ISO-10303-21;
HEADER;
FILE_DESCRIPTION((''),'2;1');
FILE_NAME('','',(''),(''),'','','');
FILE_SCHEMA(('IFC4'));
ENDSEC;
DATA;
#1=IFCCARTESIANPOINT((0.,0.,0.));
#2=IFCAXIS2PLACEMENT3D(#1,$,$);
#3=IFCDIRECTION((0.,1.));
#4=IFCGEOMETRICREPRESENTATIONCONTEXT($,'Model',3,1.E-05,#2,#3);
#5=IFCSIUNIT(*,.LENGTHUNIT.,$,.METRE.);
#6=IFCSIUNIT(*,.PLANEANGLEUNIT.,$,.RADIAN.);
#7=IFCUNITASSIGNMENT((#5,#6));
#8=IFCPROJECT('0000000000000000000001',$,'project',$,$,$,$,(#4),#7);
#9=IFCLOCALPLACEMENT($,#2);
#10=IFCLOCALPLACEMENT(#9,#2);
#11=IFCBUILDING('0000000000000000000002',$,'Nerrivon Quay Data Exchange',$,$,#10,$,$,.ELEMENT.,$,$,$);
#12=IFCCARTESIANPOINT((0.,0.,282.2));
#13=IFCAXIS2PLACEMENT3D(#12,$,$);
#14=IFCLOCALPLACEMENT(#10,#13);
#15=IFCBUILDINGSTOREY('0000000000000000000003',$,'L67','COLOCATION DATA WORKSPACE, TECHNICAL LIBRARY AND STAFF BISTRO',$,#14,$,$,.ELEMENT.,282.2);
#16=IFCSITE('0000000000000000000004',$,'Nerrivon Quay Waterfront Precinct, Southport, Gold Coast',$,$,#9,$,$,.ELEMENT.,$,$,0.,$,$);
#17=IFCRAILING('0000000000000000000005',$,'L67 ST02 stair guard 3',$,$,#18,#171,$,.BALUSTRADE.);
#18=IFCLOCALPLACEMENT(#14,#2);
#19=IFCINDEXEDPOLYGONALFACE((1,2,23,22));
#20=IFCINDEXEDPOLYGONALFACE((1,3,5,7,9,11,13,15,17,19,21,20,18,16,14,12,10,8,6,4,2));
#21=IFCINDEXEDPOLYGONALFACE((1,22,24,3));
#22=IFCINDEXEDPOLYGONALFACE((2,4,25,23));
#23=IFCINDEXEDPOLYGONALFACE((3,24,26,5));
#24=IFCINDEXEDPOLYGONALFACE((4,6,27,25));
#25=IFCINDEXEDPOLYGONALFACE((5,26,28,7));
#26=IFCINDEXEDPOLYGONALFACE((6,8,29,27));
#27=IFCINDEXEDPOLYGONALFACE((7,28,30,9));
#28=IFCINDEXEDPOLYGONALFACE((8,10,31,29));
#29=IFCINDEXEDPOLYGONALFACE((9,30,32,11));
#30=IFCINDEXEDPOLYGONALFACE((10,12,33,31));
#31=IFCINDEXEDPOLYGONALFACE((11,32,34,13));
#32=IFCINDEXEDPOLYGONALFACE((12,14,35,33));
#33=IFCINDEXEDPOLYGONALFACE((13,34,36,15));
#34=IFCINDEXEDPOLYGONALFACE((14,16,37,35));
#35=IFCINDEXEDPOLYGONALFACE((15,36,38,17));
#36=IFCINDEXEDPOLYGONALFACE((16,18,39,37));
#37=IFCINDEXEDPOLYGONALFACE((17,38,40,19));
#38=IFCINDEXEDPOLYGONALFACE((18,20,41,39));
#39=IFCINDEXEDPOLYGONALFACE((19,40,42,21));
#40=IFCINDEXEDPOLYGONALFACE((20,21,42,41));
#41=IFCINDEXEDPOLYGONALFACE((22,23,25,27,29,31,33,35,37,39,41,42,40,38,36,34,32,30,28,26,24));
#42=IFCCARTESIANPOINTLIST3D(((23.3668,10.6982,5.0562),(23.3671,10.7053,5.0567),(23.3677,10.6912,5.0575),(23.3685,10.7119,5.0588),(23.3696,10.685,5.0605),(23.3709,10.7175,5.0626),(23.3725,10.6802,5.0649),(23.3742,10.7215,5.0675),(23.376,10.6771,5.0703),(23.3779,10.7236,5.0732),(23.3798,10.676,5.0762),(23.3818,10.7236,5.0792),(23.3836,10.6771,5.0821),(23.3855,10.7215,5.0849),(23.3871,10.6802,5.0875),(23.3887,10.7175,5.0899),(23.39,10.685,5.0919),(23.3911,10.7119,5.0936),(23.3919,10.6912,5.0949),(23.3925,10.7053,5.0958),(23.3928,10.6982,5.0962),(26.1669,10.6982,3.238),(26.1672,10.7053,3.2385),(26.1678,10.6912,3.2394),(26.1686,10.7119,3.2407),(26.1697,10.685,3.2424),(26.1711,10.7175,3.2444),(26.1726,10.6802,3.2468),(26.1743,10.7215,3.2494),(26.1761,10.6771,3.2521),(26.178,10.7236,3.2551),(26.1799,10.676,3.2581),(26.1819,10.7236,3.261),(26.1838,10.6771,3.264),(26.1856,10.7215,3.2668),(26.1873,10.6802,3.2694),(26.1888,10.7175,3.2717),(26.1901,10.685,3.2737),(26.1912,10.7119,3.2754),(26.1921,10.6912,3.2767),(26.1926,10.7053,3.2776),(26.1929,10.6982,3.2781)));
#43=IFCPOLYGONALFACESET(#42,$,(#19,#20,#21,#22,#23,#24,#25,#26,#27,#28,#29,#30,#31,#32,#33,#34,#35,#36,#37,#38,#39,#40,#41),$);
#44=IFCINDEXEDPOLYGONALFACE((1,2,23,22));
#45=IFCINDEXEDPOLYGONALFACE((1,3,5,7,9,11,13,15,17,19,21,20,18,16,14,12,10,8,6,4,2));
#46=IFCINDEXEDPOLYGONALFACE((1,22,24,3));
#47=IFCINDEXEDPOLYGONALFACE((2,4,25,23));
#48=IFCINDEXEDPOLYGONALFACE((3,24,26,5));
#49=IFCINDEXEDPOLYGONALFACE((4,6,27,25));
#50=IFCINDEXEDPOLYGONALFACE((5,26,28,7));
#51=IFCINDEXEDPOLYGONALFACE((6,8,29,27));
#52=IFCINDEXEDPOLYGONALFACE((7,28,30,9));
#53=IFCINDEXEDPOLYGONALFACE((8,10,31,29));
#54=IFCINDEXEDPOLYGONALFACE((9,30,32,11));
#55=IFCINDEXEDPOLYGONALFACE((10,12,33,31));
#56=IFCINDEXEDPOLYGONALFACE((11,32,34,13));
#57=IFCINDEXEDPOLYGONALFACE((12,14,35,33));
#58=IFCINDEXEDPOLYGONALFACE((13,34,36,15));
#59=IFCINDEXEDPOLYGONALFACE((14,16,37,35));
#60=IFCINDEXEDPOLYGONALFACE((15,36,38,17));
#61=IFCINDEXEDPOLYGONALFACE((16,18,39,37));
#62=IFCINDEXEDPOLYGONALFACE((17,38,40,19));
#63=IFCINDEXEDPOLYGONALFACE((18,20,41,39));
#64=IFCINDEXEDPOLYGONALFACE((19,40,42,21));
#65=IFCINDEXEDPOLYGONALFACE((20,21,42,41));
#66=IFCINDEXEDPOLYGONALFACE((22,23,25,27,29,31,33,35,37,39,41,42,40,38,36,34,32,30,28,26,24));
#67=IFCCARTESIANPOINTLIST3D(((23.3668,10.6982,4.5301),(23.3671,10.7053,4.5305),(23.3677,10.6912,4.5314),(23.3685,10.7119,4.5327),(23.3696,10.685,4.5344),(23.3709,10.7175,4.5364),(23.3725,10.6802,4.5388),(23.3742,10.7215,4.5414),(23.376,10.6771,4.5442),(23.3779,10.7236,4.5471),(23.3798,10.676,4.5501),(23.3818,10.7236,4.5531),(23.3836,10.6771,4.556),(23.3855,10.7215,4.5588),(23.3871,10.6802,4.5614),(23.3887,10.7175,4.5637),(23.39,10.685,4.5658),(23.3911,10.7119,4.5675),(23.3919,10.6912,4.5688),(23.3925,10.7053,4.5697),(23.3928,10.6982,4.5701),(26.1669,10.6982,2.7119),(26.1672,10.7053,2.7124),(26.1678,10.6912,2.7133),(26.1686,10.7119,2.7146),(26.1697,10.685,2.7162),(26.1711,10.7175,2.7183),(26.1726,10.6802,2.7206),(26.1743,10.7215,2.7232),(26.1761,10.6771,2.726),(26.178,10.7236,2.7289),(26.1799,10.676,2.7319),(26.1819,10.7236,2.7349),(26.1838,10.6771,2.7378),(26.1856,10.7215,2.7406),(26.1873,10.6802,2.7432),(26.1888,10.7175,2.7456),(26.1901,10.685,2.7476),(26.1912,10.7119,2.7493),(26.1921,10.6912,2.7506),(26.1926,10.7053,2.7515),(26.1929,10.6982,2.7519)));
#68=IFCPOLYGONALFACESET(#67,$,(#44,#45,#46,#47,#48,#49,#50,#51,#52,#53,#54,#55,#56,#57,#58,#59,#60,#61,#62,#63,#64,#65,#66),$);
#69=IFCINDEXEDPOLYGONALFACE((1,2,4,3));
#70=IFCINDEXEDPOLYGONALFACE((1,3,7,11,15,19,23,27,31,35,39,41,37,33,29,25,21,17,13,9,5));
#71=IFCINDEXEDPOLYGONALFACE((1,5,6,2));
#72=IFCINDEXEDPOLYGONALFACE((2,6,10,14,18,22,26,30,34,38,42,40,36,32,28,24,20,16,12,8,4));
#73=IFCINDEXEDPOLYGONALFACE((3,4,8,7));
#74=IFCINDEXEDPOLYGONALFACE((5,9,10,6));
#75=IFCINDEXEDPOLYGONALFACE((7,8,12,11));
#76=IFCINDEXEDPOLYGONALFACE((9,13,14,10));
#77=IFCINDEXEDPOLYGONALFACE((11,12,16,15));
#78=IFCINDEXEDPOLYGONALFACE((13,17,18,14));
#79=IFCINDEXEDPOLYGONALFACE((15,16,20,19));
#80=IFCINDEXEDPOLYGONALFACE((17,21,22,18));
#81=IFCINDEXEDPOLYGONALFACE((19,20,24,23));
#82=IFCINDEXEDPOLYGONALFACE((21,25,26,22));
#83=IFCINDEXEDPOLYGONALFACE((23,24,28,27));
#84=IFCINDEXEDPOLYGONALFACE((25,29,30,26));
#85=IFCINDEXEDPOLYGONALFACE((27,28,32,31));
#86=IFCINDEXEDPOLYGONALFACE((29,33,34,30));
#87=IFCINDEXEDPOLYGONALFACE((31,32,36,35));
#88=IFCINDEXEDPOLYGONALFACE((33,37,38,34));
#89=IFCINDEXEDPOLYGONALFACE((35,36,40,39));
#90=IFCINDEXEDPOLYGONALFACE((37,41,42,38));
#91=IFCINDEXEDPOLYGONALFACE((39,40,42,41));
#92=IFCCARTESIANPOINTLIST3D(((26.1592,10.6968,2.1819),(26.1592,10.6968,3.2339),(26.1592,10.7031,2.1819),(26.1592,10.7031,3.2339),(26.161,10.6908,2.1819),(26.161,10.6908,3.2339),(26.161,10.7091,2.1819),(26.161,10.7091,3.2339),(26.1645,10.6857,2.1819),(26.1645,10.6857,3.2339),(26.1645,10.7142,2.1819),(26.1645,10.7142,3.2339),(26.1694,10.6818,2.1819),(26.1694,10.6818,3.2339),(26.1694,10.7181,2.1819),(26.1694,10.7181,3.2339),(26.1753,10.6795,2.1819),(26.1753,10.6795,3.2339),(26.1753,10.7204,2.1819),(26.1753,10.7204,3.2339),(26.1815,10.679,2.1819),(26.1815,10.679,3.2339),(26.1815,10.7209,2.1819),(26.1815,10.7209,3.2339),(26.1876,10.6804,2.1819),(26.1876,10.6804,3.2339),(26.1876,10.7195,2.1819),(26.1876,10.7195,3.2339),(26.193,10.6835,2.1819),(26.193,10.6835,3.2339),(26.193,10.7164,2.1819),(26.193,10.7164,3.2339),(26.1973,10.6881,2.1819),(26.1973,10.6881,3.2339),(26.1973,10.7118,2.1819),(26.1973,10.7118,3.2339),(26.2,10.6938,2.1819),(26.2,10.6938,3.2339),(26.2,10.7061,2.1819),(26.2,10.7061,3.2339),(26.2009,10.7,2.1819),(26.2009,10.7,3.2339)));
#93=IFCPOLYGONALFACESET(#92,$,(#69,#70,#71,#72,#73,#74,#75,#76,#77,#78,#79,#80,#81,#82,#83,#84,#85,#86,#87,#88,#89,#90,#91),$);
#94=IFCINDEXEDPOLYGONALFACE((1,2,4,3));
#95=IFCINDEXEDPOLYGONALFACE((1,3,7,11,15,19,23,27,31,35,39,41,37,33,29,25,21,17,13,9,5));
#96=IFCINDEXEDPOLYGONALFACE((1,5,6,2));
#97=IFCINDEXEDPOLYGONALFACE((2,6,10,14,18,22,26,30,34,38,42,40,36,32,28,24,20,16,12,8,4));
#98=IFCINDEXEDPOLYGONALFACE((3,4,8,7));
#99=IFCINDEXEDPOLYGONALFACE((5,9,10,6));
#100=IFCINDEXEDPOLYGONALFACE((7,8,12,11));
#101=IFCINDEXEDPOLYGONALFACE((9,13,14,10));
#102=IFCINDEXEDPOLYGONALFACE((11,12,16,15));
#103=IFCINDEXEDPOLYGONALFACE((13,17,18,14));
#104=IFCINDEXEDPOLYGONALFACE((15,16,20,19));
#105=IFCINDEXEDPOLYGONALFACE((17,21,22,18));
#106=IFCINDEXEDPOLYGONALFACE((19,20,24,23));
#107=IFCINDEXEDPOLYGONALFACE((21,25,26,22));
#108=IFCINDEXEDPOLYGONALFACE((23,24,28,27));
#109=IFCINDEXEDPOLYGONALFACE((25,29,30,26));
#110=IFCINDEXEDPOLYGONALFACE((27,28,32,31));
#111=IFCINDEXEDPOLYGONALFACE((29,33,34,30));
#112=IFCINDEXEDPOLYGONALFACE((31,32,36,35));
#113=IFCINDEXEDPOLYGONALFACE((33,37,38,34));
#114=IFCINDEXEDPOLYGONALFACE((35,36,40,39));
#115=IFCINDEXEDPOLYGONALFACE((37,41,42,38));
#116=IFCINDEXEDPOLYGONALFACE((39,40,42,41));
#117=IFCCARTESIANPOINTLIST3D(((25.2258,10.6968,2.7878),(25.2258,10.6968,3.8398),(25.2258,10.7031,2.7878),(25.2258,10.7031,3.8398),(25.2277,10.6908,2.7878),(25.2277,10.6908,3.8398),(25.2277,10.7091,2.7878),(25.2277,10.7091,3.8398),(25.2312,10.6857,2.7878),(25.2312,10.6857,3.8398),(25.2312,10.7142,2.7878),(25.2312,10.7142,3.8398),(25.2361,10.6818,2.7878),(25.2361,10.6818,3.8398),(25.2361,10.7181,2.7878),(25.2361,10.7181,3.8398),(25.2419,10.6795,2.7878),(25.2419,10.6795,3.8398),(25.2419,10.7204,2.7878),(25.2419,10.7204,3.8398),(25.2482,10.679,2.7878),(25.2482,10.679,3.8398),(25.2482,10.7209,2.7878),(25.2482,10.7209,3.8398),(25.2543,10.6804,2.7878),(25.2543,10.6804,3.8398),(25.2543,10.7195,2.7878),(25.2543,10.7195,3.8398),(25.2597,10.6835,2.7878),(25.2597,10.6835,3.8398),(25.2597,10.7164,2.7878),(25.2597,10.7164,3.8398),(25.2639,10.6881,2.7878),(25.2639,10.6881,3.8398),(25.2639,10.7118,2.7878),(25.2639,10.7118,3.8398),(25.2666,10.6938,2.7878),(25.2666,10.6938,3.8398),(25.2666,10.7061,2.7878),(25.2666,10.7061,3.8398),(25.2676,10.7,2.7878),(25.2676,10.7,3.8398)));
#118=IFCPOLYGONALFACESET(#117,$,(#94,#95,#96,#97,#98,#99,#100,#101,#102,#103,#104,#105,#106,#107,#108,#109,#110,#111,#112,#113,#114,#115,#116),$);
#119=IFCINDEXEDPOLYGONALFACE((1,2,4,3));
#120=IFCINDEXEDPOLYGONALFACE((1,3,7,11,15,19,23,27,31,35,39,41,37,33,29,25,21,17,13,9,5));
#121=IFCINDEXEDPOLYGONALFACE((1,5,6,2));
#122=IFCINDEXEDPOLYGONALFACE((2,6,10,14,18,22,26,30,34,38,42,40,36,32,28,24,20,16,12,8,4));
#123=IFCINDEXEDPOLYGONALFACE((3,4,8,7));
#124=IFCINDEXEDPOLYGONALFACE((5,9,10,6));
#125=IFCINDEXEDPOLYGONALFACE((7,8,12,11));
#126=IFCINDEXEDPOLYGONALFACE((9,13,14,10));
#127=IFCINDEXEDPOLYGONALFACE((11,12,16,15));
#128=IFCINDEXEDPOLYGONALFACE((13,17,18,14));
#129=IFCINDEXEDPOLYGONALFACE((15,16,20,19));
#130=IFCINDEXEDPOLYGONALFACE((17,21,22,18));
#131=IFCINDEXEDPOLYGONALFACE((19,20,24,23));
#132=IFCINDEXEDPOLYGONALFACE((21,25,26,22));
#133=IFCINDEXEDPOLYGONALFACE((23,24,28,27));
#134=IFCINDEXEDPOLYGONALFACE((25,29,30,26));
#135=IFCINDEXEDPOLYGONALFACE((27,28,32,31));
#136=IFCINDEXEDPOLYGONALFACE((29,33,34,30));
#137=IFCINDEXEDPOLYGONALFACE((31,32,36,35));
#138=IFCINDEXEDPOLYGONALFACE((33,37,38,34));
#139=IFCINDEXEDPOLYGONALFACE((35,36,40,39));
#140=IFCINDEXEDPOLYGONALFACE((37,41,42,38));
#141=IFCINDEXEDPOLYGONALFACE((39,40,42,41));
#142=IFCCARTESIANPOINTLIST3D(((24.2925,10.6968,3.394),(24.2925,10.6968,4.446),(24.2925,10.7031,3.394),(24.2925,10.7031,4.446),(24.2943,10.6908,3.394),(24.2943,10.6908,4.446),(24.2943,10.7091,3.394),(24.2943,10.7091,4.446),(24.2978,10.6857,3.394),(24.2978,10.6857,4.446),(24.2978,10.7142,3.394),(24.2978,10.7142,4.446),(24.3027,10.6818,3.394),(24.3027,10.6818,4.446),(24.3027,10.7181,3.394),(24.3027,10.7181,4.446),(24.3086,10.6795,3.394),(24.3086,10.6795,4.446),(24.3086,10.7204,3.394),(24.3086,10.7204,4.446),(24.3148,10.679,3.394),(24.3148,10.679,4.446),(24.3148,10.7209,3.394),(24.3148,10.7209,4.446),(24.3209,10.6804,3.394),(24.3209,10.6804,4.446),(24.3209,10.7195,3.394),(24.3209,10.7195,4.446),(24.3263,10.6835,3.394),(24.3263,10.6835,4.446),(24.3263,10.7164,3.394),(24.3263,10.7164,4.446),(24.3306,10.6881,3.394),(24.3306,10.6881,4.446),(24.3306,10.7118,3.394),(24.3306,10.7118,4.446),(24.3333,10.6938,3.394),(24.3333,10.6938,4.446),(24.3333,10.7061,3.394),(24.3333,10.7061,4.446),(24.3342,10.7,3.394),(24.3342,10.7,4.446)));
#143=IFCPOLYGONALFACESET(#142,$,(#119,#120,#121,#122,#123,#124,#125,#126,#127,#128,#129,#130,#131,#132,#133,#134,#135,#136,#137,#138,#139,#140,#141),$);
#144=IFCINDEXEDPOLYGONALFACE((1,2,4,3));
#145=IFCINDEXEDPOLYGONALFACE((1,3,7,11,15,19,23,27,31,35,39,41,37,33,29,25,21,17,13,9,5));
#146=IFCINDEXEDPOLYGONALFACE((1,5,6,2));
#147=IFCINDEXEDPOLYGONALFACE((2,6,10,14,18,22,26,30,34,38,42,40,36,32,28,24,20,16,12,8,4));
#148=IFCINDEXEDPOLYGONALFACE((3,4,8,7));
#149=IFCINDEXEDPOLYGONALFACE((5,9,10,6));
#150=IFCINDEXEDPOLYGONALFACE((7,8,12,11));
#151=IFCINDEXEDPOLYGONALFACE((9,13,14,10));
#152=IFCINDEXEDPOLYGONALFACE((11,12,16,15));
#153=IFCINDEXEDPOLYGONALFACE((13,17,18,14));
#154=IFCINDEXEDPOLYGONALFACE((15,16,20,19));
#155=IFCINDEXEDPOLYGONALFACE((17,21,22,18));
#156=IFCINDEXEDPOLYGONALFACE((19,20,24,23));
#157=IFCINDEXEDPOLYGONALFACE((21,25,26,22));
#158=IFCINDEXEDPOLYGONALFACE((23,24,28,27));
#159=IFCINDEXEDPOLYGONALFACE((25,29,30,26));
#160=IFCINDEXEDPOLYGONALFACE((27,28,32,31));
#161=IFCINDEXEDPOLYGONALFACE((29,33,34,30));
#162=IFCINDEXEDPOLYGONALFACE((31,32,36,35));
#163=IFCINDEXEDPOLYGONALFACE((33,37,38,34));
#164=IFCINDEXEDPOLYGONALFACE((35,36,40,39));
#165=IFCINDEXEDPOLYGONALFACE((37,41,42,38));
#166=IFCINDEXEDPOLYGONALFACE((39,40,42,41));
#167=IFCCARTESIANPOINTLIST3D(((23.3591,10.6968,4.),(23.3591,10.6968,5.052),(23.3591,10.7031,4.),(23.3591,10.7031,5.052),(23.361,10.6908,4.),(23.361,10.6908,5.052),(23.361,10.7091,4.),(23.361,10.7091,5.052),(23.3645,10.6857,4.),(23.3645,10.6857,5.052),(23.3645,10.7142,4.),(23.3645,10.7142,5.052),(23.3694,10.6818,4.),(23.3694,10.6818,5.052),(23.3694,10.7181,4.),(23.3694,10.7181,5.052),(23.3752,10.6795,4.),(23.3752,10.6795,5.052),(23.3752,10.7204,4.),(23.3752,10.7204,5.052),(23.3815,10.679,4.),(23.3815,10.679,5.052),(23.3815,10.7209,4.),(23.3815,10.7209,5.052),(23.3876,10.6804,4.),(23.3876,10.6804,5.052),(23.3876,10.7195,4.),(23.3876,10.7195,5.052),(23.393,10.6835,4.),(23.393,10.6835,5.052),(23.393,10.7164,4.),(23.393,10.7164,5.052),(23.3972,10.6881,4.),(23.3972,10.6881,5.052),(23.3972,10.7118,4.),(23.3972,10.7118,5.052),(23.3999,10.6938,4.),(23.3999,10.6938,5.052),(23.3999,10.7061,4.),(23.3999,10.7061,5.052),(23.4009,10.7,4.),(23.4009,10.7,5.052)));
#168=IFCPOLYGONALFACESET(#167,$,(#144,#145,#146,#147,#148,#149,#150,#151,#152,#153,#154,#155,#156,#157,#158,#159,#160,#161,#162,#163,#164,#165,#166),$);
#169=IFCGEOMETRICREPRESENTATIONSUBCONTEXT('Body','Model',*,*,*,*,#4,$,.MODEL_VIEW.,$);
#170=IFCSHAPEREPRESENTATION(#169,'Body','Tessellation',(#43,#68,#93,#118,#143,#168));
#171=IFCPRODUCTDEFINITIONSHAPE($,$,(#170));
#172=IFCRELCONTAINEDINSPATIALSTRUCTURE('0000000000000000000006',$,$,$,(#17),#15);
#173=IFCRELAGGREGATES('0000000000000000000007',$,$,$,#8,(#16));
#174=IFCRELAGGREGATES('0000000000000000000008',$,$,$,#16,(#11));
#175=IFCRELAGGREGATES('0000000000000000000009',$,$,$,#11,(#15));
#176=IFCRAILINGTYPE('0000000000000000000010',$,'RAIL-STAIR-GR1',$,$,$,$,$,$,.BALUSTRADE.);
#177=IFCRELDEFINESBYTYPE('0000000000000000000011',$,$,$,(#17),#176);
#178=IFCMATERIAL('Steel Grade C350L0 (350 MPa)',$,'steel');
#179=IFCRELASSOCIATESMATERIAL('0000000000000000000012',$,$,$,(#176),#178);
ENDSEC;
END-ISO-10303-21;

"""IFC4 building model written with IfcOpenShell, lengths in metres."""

from ifc_helpers import new_model, si_unit, direction, frame, origin, origin_2d, place, context, subcontext, project, spatial, circle, extrude, material, type_object, element, save


model = new_model("IFC4")

# Units and contexts
model_context = context("Model", 3, precision=1e-05, world=origin(), true_north=direction((0.0, 1.0)))
body_context = subcontext(model_context, "Body", "Model", "MODEL_VIEW")
ifc_project = project(units=[si_unit("LENGTHUNIT", "METRE"), si_unit("PLANEANGLEUNIT", "RADIAN")], contexts=[model_context])

# Site, building, storey
site_placement = place(None, origin())
site = spatial("IfcSite", under=ifc_project, at=site_placement, Name="Nerrivon Quay Waterfront Precinct, Southport, Gold Coast", CompositionType="ELEMENT", RefElevation=0.0)
building_placement = place(site_placement, origin())
building = spatial("IfcBuilding", under=site, at=building_placement, Name="Nerrivon Quay Data Exchange", CompositionType="ELEMENT")
storey_placement = place(building_placement, frame((0.0, 0.0, 282.2)))
storey = spatial("IfcBuildingStorey", under=building, at=storey_placement, Name="L67", Description="COLOCATION DATA WORKSPACE, TECHNICAL LIBRARY AND STAFF BISTRO", CompositionType="ELEMENT", Elevation=282.2)

# Railing
ifc_material_1 = material(Name="Steel Grade C350L0 (350 MPa)", Category="steel")
railing_type_1 = type_object("IfcRailingType", Name="RAIL-STAIR-GR1", PredefinedType="BALUSTRADE", material=ifc_material_1)
railing_1_placement = place(storey_placement, frame((26.1799, 10.7, 2.1819)))
element("IfcRailing", 1, at=railing_1_placement, inside=storey, type_object=railing_type_1, Name="L67 ST02 stair guard 3", PredefinedType="BALUSTRADE", context=body_context, shape_type="SweptSolid", body=[
    extrude(circle(Radius=0.0239, at=origin_2d()), frame((0.0, 0.0, 1.0762), z_axis=(-0.838706, 0.0, 0.544585), x_axis=(0.0, -1.0, 0.0)), (0.0, 0.0, 1.0), 3.3386),
    extrude(circle(Radius=0.0239, at=origin_2d()), frame((0.0, 0.0, 0.55), z_axis=(-0.838706, 0.0, 0.544585), x_axis=(0.0, -1.0, 0.0)), (0.0, 0.0, 1.0), 3.3386),
    extrude(circle(Radius=0.021, at=origin_2d()), origin(), (0.0, 0.0, 1.0), 1.052),
    extrude(circle(Radius=0.021, at=origin_2d()), frame((-0.9333, 0.0, 0.606)), (0.0, 0.0, 1.0), 1.052),
    extrude(circle(Radius=0.021, at=origin_2d()), frame((-1.8667, 0.0, 1.2122)), (0.0, 0.0, 1.0), 1.052),
    extrude(circle(Radius=0.021, at=origin_2d()), frame((-2.8, 0.0, 1.8181)), (0.0, 0.0, 1.0), 1.052),
])

save(model, "model.ifc")
